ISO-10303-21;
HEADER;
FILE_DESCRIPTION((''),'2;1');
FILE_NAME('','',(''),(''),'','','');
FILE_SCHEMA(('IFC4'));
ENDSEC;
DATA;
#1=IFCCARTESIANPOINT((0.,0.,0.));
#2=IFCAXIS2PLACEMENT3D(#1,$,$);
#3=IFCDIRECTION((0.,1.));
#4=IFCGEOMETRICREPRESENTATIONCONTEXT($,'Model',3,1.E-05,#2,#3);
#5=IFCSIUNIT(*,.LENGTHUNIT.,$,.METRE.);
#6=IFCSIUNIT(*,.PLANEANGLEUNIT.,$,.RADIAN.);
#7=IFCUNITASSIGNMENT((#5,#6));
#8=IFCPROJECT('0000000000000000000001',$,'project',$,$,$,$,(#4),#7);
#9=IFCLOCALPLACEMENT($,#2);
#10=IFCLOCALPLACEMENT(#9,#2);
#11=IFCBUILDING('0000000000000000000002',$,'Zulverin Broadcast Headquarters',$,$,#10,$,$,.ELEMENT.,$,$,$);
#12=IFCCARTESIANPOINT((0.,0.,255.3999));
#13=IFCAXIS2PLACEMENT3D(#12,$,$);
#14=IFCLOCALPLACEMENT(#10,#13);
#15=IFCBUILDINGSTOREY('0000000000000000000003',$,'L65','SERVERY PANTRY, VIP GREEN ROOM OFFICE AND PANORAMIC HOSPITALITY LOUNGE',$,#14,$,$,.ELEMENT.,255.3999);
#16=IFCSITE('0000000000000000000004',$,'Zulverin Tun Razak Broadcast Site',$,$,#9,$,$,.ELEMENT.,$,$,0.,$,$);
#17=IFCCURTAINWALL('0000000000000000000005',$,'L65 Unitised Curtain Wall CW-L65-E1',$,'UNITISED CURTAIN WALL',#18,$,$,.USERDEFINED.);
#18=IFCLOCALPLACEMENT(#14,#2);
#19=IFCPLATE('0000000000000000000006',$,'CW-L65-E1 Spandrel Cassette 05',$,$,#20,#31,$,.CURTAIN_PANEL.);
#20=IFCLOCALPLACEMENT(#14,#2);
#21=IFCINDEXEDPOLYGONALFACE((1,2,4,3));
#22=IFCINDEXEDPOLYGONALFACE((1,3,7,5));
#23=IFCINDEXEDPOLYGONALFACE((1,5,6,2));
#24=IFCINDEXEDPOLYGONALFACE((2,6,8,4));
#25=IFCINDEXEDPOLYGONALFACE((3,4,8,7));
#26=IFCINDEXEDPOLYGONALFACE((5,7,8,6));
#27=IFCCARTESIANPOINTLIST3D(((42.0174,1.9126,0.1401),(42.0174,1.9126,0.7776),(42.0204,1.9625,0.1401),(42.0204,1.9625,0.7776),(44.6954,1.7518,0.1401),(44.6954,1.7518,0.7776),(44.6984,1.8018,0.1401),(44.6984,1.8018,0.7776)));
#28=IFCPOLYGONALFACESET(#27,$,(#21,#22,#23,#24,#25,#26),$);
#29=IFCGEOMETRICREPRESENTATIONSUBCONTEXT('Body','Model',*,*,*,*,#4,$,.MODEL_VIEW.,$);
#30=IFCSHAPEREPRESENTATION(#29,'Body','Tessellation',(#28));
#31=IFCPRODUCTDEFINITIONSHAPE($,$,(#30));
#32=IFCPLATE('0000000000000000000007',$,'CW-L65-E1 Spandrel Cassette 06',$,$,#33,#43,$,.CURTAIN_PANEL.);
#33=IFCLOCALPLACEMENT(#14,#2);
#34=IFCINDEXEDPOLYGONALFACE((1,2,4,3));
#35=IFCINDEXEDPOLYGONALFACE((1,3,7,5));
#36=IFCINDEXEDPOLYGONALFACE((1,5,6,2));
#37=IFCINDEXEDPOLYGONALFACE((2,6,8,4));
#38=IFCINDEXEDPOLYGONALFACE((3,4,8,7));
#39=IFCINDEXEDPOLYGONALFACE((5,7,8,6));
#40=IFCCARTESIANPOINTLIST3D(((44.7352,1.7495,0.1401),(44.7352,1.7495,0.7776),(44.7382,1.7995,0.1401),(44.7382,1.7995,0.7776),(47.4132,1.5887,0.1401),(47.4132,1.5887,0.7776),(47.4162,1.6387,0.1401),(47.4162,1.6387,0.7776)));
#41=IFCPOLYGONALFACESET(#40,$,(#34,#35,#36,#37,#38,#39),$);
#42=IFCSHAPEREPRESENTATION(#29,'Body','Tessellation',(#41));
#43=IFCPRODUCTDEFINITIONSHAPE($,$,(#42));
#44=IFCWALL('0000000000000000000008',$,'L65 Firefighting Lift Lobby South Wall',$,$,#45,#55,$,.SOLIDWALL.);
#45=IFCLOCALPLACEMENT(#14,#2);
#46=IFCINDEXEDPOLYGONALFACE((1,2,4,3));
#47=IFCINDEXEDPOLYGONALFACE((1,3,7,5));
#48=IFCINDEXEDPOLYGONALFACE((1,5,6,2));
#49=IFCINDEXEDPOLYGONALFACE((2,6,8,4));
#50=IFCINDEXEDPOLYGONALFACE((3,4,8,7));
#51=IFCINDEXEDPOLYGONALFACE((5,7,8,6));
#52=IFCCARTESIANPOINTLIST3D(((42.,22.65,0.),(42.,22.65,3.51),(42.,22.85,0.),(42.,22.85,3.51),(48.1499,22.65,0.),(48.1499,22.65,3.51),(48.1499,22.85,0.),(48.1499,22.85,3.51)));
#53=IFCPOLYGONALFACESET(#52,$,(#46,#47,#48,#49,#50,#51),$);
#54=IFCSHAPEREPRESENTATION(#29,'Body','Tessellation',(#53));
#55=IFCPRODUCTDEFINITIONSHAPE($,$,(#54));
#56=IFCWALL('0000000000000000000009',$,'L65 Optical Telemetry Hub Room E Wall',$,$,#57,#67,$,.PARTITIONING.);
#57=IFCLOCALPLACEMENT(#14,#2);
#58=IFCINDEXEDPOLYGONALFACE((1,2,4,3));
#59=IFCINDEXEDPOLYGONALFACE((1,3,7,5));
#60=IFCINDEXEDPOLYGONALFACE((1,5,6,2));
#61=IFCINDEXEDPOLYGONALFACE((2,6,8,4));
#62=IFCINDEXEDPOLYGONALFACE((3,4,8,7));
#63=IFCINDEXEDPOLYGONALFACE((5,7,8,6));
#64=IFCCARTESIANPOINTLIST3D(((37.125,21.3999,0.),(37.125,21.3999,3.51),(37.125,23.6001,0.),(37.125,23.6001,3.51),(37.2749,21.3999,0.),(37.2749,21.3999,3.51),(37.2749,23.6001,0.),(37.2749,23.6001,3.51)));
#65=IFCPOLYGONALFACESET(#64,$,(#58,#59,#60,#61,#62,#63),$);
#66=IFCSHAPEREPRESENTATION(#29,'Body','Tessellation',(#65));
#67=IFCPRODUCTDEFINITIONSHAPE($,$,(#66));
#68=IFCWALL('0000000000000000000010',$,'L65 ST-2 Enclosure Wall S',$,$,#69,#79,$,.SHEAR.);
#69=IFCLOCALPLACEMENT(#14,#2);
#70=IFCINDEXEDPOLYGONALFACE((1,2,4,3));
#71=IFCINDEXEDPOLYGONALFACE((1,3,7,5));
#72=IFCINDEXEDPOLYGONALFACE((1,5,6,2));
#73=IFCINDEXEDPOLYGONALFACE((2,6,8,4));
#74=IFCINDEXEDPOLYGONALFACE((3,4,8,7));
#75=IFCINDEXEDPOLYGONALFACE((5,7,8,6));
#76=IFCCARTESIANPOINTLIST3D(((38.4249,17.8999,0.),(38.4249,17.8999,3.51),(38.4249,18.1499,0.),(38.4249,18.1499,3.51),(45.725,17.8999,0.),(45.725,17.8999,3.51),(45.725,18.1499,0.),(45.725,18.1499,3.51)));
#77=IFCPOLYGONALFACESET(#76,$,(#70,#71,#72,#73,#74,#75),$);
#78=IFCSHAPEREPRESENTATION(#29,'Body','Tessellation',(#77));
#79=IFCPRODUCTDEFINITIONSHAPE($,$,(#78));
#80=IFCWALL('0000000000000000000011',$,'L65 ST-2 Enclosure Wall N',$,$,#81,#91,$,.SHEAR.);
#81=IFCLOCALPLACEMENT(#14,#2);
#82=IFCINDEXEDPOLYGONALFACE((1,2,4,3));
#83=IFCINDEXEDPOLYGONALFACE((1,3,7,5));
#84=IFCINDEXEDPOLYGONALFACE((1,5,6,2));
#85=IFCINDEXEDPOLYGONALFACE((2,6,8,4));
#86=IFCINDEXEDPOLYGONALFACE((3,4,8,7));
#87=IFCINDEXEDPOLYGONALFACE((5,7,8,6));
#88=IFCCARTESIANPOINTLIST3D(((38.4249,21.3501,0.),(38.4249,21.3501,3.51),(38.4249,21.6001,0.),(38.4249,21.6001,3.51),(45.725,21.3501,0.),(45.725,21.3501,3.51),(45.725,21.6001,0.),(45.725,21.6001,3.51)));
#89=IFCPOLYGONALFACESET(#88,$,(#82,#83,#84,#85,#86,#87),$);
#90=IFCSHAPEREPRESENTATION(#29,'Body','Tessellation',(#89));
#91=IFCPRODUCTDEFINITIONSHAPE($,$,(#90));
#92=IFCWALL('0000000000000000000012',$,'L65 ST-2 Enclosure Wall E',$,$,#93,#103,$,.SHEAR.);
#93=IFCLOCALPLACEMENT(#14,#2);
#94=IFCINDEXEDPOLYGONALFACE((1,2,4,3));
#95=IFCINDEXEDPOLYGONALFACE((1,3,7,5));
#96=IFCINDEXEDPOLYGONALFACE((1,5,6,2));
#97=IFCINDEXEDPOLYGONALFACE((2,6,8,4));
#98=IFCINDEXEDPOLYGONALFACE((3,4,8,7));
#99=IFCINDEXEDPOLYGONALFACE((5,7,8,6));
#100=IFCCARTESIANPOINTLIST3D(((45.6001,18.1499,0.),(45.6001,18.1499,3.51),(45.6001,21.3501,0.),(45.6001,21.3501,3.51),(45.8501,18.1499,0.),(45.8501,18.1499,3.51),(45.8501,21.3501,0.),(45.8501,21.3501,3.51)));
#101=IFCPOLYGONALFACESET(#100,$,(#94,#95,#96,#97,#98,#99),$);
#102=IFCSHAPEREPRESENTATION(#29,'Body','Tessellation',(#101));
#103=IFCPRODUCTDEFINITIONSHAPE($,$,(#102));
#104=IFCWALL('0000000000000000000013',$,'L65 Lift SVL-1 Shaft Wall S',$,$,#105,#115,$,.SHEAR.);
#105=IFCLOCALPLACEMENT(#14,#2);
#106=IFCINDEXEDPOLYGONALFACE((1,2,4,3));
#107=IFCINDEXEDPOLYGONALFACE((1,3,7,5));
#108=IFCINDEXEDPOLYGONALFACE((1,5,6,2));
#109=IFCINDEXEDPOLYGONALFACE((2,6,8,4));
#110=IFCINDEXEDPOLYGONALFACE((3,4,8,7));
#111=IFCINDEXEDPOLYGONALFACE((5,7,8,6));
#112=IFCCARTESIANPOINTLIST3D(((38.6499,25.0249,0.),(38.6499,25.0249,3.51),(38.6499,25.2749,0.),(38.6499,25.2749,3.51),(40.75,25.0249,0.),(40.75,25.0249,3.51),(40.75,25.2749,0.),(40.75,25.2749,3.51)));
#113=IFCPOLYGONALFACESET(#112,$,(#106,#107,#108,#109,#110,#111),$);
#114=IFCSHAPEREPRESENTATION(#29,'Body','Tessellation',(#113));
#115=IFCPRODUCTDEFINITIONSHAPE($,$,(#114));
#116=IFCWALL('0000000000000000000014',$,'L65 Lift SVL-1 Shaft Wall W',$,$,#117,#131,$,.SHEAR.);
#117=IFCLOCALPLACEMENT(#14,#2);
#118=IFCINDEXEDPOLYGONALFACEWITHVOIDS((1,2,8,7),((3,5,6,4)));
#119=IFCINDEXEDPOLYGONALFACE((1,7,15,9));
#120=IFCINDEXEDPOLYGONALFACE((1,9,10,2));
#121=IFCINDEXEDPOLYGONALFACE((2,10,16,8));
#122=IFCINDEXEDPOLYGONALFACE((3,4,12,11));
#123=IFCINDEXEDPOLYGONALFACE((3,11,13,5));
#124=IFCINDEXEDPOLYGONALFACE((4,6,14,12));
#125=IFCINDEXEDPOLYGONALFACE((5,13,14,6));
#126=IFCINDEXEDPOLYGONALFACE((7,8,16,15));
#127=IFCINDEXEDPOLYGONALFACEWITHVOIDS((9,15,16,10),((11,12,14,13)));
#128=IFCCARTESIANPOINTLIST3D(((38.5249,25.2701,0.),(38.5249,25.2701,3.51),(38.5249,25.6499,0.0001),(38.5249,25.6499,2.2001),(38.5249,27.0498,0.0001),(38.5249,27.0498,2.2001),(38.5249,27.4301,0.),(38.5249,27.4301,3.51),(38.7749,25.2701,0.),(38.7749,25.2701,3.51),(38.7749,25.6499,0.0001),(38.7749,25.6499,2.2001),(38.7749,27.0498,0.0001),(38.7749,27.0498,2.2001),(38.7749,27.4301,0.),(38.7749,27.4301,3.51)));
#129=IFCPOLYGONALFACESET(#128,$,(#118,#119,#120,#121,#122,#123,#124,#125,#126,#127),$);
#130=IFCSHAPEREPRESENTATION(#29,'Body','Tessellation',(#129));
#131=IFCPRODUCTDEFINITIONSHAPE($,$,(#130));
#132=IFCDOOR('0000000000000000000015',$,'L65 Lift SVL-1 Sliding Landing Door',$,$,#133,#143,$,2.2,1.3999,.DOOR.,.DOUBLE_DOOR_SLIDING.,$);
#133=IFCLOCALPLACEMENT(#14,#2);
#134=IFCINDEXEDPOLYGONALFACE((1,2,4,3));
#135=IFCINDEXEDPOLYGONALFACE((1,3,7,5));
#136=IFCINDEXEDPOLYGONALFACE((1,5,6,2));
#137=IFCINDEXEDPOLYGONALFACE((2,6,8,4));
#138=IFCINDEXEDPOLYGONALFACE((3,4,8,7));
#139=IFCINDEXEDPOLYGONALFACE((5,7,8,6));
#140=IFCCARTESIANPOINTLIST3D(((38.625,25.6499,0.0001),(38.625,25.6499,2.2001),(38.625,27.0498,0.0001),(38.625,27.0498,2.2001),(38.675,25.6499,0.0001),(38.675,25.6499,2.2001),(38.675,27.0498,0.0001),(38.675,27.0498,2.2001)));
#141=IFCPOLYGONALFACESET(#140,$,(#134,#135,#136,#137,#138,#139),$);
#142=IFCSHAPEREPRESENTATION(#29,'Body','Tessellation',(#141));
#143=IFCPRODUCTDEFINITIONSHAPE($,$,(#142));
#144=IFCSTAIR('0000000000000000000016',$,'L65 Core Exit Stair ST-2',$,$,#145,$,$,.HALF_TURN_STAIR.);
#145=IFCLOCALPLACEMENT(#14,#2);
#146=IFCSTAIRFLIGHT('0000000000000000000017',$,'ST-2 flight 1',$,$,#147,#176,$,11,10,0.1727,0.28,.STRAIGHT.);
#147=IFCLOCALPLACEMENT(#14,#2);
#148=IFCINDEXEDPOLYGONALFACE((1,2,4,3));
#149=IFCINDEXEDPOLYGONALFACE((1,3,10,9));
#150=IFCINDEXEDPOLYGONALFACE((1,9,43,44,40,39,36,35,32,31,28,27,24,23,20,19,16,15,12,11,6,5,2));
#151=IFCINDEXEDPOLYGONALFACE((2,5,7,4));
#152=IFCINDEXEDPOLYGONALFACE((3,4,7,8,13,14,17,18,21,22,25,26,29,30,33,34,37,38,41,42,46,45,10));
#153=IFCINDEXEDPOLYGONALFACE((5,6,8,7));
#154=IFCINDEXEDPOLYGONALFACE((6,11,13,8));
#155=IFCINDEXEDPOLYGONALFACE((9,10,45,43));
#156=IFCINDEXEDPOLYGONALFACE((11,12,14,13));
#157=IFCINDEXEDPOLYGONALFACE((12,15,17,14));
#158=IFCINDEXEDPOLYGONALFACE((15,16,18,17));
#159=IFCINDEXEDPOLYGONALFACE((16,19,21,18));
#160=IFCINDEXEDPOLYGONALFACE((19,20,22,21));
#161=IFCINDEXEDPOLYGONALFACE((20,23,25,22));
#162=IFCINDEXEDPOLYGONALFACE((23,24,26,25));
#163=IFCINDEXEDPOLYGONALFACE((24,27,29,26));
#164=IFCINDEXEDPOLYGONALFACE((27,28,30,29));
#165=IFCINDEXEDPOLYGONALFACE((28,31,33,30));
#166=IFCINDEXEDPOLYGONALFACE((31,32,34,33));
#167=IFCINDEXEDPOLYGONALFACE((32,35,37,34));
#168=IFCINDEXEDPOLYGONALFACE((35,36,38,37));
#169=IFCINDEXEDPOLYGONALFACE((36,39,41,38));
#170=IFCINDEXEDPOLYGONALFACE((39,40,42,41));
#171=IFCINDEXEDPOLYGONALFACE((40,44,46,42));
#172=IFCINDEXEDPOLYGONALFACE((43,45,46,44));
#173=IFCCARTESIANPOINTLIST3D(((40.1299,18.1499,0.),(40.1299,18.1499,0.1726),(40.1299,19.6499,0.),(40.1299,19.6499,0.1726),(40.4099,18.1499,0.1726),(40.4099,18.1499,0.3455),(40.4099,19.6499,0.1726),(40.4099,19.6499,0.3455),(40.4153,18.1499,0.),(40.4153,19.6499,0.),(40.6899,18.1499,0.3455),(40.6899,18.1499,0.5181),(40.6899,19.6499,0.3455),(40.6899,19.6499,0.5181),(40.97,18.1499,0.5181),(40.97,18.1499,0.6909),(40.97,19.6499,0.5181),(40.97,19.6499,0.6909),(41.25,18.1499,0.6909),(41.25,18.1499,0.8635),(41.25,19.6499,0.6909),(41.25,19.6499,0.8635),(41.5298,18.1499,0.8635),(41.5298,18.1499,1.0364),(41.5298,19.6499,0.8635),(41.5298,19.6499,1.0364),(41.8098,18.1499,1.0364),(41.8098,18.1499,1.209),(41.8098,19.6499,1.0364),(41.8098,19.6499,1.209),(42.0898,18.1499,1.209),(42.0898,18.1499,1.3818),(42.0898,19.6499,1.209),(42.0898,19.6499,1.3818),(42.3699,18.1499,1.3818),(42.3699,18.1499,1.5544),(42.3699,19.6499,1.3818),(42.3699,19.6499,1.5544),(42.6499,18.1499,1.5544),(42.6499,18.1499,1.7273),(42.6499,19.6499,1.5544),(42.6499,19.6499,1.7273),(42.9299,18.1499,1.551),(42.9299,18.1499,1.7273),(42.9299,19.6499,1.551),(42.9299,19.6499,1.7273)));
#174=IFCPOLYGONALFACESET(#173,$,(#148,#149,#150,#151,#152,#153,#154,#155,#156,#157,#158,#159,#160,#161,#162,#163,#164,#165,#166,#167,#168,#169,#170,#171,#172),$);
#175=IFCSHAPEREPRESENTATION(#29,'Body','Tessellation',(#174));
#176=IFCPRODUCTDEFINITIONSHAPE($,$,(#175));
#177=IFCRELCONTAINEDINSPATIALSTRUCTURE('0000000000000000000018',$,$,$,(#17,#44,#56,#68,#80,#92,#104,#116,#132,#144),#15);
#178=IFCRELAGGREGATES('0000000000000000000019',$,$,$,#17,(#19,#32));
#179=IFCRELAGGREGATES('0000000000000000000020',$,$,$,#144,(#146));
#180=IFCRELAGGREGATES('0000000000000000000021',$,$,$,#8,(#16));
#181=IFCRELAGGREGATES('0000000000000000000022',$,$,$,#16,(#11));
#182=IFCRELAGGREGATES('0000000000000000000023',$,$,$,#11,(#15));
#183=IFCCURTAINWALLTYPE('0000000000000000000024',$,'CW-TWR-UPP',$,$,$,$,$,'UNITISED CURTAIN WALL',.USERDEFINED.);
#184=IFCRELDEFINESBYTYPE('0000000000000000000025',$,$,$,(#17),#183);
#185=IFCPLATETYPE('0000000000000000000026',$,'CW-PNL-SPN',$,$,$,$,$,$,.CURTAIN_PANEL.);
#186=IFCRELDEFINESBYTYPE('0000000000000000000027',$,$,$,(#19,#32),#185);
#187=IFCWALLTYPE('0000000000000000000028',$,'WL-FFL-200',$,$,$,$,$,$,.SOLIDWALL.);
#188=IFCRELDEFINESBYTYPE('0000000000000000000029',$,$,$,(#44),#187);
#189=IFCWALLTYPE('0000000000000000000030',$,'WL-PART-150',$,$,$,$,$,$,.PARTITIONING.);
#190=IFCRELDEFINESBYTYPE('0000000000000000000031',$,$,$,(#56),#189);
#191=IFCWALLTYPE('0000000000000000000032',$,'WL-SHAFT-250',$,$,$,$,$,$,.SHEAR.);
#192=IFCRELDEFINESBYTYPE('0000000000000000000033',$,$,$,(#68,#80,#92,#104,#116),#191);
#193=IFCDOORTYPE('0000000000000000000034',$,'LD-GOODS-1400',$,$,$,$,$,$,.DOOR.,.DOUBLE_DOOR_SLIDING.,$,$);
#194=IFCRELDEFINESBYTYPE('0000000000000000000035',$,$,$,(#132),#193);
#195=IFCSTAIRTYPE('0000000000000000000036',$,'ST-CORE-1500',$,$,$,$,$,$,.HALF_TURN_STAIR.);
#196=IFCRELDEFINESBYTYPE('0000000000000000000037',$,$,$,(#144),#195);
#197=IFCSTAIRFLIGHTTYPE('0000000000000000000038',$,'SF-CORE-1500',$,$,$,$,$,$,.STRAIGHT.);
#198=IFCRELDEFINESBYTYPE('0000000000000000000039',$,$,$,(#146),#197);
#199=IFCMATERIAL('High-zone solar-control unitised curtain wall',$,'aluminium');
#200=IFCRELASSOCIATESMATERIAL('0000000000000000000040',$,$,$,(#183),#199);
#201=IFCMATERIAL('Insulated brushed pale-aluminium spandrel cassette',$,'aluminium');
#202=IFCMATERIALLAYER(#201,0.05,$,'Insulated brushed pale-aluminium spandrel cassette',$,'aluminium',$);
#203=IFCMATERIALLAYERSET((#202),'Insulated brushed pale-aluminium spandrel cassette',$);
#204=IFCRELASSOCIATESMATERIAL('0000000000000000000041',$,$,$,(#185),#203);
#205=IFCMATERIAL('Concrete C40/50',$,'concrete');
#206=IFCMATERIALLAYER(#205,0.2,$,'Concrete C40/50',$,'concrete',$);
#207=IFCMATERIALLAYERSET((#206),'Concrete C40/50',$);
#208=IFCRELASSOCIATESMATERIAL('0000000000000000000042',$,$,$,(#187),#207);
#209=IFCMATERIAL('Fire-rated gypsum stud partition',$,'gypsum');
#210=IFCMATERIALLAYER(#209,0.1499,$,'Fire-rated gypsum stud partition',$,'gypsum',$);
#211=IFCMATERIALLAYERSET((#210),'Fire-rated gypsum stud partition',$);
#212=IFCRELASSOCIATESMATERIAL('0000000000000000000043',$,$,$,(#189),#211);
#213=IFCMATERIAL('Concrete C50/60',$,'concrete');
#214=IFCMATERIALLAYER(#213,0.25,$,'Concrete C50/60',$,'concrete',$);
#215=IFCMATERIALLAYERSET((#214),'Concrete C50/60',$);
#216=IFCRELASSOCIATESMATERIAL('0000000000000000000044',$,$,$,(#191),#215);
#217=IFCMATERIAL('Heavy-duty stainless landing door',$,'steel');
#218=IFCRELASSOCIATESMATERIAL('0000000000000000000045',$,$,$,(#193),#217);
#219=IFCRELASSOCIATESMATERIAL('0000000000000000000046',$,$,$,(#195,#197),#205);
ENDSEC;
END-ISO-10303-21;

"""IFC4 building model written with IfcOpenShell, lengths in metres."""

from ifc_helpers import new_model, si_unit, direction, frame, frame_2d, origin, origin_2d, place, context, subcontext, project, spatial, polyline, rectangle, outline, extrude, material, layer, layer_set, type_object, element, fill, aggregate, save


model = new_model("IFC4")

# Units and contexts
model_context = context("Model", 3, precision=1e-05, world=origin(), true_north=direction((0.0, 1.0)))
body_context = subcontext(model_context, "Body", "Model", "MODEL_VIEW")
ifc_project = project(units=[si_unit("LENGTHUNIT", "METRE"), si_unit("PLANEANGLEUNIT", "RADIAN")], contexts=[model_context])

# Site, building, storey
site_placement = place(None, origin())
site = spatial("IfcSite", under=ifc_project, at=site_placement, Name="Zulverin Tun Razak Broadcast Site", CompositionType="ELEMENT", RefElevation=0.0)
building_placement = place(site_placement, origin())
building = spatial("IfcBuilding", under=site, at=building_placement, Name="Zulverin Broadcast Headquarters", CompositionType="ELEMENT")
storey_placement = place(building_placement, frame((0.0, 0.0, 255.3999)))
storey = spatial("IfcBuildingStorey", under=building, at=storey_placement, Name="L65", Description="SERVERY PANTRY, VIP GREEN ROOM OFFICE AND PANORAMIC HOSPITALITY LOUNGE", CompositionType="ELEMENT", Elevation=255.3999)

# Shared definitions
ifc_material_1 = material(Name="Concrete C50/60", Category="concrete")

# Curtain wall, plates
ifc_material_2 = material(Name="High-zone solar-control unitised curtain wall", Category="aluminium")
curtain_wall_type = type_object("IfcCurtainWallType", Name="CW-TWR-UPP", ElementType="UNITISED CURTAIN WALL", PredefinedType="USERDEFINED", material=ifc_material_2)
curtain_wall_placement = place(storey_placement, origin())
curtain_wall = element("IfcCurtainWall", 1, at=curtain_wall_placement, inside=storey, type_object=curtain_wall_type, Name="L65 Unitised Curtain Wall CW-L65-E1", ObjectType="UNITISED CURTAIN WALL", PredefinedType="USERDEFINED")
ifc_material_3 = material(Name="Insulated brushed pale-aluminium spandrel cassette", Category="aluminium")
ifc_layer_1 = layer(ifc_material_3, 0.05, Name="Insulated brushed pale-aluminium spandrel cassette", Category="aluminium")
ifc_layer_set_1 = layer_set([ifc_layer_1], Name="Insulated brushed pale-aluminium spandrel cassette")
plate_type_1 = type_object("IfcPlateType", Name="CW-PNL-SPN", PredefinedType="CURTAIN_PANEL", material=ifc_layer_set_1)
plate_1_placement = place(storey_placement, frame((43.3579, 1.8572, 0.1401), z_axis=(0.0, 0.0, 1.0), x_axis=(0.998203, -0.059928, 0.0)))
plate_1 = element("IfcPlate", 2, at=plate_1_placement, type_object=plate_type_1, Name="CW-L65-E1 Spandrel Cassette 05", PredefinedType="CURTAIN_PANEL", context=body_context, shape_type="SweptSolid", body=[
    extrude(rectangle(XDim=2.6829, YDim=0.05, at=origin_2d()), origin(), (0.0, 0.0, 1.0), 0.6375),
])
plate_2_placement = place(storey_placement, frame((46.0757, 1.6941, 0.1401), z_axis=(0.0, 0.0, 1.0), x_axis=(0.998203, -0.059928, 0.0)))
plate_2 = element("IfcPlate", 3, at=plate_2_placement, type_object=plate_type_1, Name="CW-L65-E1 Spandrel Cassette 06", PredefinedType="CURTAIN_PANEL", context=body_context, shape_type="SweptSolid", body=[
    extrude(rectangle(XDim=2.6829, YDim=0.05, at=origin_2d()), origin(), (0.0, 0.0, 1.0), 0.6375),
])
aggregate(curtain_wall, [plate_1, plate_2])

# Shared definitions
ifc_material_4 = material(Name="Concrete C40/50", Category="concrete")
ifc_layer_2 = layer(ifc_material_4, 0.2, Name="Concrete C40/50", Category="concrete")
ifc_layer_set_2 = layer_set([ifc_layer_2], Name="Concrete C40/50")
wall_type_1 = type_object("IfcWallType", Name="WL-FFL-200", PredefinedType="SOLIDWALL", material=ifc_layer_set_2)

# Walls
wall_1_placement = place(storey_placement, frame((42.0, 22.75, 0.0), z_axis=(0.0, 0.0, 1.0), x_axis=(1.0, 0.0, 0.0)))
element("IfcWall", 4, at=wall_1_placement, inside=storey, type_object=wall_type_1, Name="L65 Firefighting Lift Lobby South Wall", PredefinedType="SOLIDWALL", context=body_context, shape_type="SweptSolid", body=[
    extrude(rectangle(XDim=6.1499, YDim=0.2, at=frame_2d((3.075, 0.0))), origin(), (0.0, 0.0, 1.0), 3.51),
])
ifc_material_5 = material(Name="Fire-rated gypsum stud partition", Category="gypsum")
ifc_layer_3 = layer(ifc_material_5, 0.1499, Name="Fire-rated gypsum stud partition", Category="gypsum")
ifc_layer_set_3 = layer_set([ifc_layer_3], Name="Fire-rated gypsum stud partition")
wall_type_2 = type_object("IfcWallType", Name="WL-PART-150", PredefinedType="PARTITIONING", material=ifc_layer_set_3)
wall_2_placement = place(storey_placement, frame((37.2, 21.3999, 0.0), z_axis=(0.0, 0.0, 1.0), x_axis=(0.0, 1.0, 0.0)))
element("IfcWall", 5, at=wall_2_placement, inside=storey, type_object=wall_type_2, Name="L65 Optical Telemetry Hub Room E Wall", PredefinedType="PARTITIONING", context=body_context, shape_type="SweptSolid", body=[
    extrude(rectangle(XDim=2.2002, YDim=0.1499, at=frame_2d((1.1001, 0.0))), origin(), (0.0, 0.0, 1.0), 3.51),
])
ifc_layer_4 = layer(ifc_material_1, 0.25, Name="Concrete C50/60", Category="concrete")
ifc_layer_set_4 = layer_set([ifc_layer_4], Name="Concrete C50/60")
wall_type_3 = type_object("IfcWallType", Name="WL-SHAFT-250", PredefinedType="SHEAR", material=ifc_layer_set_4)
for number, where, z_axis, x_axis, name in (
    (6, (38.425, 18.0249, 0.0), (0.0, 0.0, 1.0), (1.0, 0.0, 0.0), "L65 ST-2 Enclosure Wall S"),
    (7, (38.425, 21.4751, 0.0), (0.0, 0.0, 1.0), (1.0, 0.0, 0.0), "L65 ST-2 Enclosure Wall N"),
):
    element("IfcWall", number, at=place(storey_placement, frame(where, z_axis=z_axis, x_axis=x_axis)), inside=storey, type_object=wall_type_3, Name=name, PredefinedType="SHEAR", context=body_context, shape_type="SweptSolid", body=[
        extrude(rectangle(XDim=7.3, YDim=0.25, at=frame_2d((3.6499, 0.0))), origin(), (0.0, 0.0, 1.0), 3.51),
    ])

# Walls
wall_3_placement = place(storey_placement, frame((45.7251, 18.1499, 0.0), z_axis=(0.0, 0.0, 1.0), x_axis=(0.0, 1.0, 0.0)))
element("IfcWall", 8, at=wall_3_placement, inside=storey, type_object=wall_type_3, Name="L65 ST-2 Enclosure Wall E", PredefinedType="SHEAR", context=body_context, shape_type="SweptSolid", body=[
    extrude(rectangle(XDim=3.2002, YDim=0.25, at=frame_2d((1.6001, 0.0))), origin(), (0.0, 0.0, 1.0), 3.51),
])
wall_4_placement = place(storey_placement, frame((38.6499, 25.1499, 0.0), z_axis=(0.0, 0.0, 1.0), x_axis=(1.0, 0.0, 0.0)))
element("IfcWall", 9, at=wall_4_placement, inside=storey, type_object=wall_type_3, Name="L65 Lift SVL-1 Shaft Wall S", PredefinedType="SHEAR", context=body_context, shape_type="SweptSolid", body=[
    extrude(rectangle(XDim=2.1001, YDim=0.25, at=frame_2d((1.05, 0.0))), origin(), (0.0, 0.0, 1.0), 3.51),
])

# Wall, opening, door
wall_5_placement = place(storey_placement, frame((38.6499, 25.27, 0.0), z_axis=(0.0, 0.0, 1.0), x_axis=(0.0, 1.0, 0.0)))
wall_5 = element("IfcWall", 10, at=wall_5_placement, inside=storey, type_object=wall_type_3, Name="L65 Lift SVL-1 Shaft Wall W", PredefinedType="SHEAR", context=body_context, shape_type="SweptSolid", body=[
    extrude(rectangle(XDim=2.1599, YDim=0.25, at=frame_2d((1.0801, 0.0))), origin(), (0.0, 0.0, 1.0), 3.51),
])
opening_1_placement = place(wall_5_placement, frame((0.3799, 0.0, 0.0)))
opening_1 = element("IfcOpeningElement", 11, at=opening_1_placement, cuts=wall_5, PredefinedType="OPENING", context=body_context, shape_type="SweptSolid", body=[
    extrude(rectangle(XDim=1.3999, YDim=2.2, at=frame_2d((0.7, 1.1001))), frame((0.0, 0.135, 0.0), z_axis=(0.0, -1.0, 0.0), x_axis=(1.0, 0.0, 0.0)), (0.0, 0.0, 1.0), 0.27),
])
ifc_material_6 = material(Name="Heavy-duty stainless landing door", Category="steel")
door_type_1 = type_object("IfcDoorType", Name="LD-GOODS-1400", OperationType="DOUBLE_DOOR_SLIDING", PredefinedType="DOOR", material=ifc_material_6)
door_1_placement = place(opening_1_placement, origin())
door_1 = element("IfcDoor", 12, at=door_1_placement, inside=storey, type_object=door_type_1, Name="L65 Lift SVL-1 Sliding Landing Door", OperationType="DOUBLE_DOOR_SLIDING", OverallHeight=2.2, OverallWidth=1.3999, PredefinedType="DOOR", context=body_context, shape_type="SweptSolid", body=[
    extrude(rectangle(XDim=1.3999, YDim=2.2, at=frame_2d((0.7, 1.1001))), frame((0.0, 0.0249, 0.0), z_axis=(0.0, -1.0, 0.0), x_axis=(1.0, 0.0, 0.0)), (0.0, 0.0, 1.0), 0.05),
])
fill(opening_1, door_1)

# Stair, stair flight
stair_type = type_object("IfcStairType", Name="ST-CORE-1500", PredefinedType="HALF_TURN_STAIR", material=ifc_material_4)
stair_placement = place(storey_placement, origin())
stair = element("IfcStair", 13, at=stair_placement, inside=storey, type_object=stair_type, Name="L65 Core Exit Stair ST-2", PredefinedType="HALF_TURN_STAIR")
stair_flight_type = type_object("IfcStairFlightType", Name="SF-CORE-1500", PredefinedType="STRAIGHT", material=ifc_material_4)
stair_flight_1_placement = place(storey_placement, frame((40.1299, 18.8999, 0.0), z_axis=(0.0, 0.0, 1.0), x_axis=(1.0, 0.0, 0.0)))
stair_flight_1 = element("IfcStairFlight", 14, at=stair_flight_1_placement, type_object=stair_flight_type, Name="ST-2 flight 1", NumberOfRisers=11, NumberOfTreads=10, PredefinedType="STRAIGHT", RiserHeight=0.1727, TreadLength=0.28, context=body_context, shape_type="SweptSolid", body=[
    extrude(outline(polyline([(0.0, 0.0), (0.0, 0.1726), (0.28, 0.1726), (0.28, 0.3455), (0.5601, 0.3455), (0.5601, 0.5181), (0.8401, 0.5181), (0.8401, 0.6909), (1.1201, 0.6909), (1.1201, 0.8635), (1.3999, 0.8635), (1.3999, 1.0364), (1.6799, 1.0364), (1.6799, 1.209), (1.96, 1.209), (1.96, 1.3818), (2.24, 1.3818), (2.24, 1.5544), (2.52, 1.5544), (2.52, 1.7273), (2.8, 1.7273), (2.8, 1.8999), (2.8, 1.551), (0.2854, 0.0), (0.0, 0.0)])), frame((0.0, 0.75, 0.0), z_axis=(0.0, -1.0, 0.0), x_axis=(1.0, 0.0, 0.0)), (0.0, 0.0, 1.0), 1.5),
])
aggregate(stair, [stair_flight_1])

save(model, "model.ifc")
